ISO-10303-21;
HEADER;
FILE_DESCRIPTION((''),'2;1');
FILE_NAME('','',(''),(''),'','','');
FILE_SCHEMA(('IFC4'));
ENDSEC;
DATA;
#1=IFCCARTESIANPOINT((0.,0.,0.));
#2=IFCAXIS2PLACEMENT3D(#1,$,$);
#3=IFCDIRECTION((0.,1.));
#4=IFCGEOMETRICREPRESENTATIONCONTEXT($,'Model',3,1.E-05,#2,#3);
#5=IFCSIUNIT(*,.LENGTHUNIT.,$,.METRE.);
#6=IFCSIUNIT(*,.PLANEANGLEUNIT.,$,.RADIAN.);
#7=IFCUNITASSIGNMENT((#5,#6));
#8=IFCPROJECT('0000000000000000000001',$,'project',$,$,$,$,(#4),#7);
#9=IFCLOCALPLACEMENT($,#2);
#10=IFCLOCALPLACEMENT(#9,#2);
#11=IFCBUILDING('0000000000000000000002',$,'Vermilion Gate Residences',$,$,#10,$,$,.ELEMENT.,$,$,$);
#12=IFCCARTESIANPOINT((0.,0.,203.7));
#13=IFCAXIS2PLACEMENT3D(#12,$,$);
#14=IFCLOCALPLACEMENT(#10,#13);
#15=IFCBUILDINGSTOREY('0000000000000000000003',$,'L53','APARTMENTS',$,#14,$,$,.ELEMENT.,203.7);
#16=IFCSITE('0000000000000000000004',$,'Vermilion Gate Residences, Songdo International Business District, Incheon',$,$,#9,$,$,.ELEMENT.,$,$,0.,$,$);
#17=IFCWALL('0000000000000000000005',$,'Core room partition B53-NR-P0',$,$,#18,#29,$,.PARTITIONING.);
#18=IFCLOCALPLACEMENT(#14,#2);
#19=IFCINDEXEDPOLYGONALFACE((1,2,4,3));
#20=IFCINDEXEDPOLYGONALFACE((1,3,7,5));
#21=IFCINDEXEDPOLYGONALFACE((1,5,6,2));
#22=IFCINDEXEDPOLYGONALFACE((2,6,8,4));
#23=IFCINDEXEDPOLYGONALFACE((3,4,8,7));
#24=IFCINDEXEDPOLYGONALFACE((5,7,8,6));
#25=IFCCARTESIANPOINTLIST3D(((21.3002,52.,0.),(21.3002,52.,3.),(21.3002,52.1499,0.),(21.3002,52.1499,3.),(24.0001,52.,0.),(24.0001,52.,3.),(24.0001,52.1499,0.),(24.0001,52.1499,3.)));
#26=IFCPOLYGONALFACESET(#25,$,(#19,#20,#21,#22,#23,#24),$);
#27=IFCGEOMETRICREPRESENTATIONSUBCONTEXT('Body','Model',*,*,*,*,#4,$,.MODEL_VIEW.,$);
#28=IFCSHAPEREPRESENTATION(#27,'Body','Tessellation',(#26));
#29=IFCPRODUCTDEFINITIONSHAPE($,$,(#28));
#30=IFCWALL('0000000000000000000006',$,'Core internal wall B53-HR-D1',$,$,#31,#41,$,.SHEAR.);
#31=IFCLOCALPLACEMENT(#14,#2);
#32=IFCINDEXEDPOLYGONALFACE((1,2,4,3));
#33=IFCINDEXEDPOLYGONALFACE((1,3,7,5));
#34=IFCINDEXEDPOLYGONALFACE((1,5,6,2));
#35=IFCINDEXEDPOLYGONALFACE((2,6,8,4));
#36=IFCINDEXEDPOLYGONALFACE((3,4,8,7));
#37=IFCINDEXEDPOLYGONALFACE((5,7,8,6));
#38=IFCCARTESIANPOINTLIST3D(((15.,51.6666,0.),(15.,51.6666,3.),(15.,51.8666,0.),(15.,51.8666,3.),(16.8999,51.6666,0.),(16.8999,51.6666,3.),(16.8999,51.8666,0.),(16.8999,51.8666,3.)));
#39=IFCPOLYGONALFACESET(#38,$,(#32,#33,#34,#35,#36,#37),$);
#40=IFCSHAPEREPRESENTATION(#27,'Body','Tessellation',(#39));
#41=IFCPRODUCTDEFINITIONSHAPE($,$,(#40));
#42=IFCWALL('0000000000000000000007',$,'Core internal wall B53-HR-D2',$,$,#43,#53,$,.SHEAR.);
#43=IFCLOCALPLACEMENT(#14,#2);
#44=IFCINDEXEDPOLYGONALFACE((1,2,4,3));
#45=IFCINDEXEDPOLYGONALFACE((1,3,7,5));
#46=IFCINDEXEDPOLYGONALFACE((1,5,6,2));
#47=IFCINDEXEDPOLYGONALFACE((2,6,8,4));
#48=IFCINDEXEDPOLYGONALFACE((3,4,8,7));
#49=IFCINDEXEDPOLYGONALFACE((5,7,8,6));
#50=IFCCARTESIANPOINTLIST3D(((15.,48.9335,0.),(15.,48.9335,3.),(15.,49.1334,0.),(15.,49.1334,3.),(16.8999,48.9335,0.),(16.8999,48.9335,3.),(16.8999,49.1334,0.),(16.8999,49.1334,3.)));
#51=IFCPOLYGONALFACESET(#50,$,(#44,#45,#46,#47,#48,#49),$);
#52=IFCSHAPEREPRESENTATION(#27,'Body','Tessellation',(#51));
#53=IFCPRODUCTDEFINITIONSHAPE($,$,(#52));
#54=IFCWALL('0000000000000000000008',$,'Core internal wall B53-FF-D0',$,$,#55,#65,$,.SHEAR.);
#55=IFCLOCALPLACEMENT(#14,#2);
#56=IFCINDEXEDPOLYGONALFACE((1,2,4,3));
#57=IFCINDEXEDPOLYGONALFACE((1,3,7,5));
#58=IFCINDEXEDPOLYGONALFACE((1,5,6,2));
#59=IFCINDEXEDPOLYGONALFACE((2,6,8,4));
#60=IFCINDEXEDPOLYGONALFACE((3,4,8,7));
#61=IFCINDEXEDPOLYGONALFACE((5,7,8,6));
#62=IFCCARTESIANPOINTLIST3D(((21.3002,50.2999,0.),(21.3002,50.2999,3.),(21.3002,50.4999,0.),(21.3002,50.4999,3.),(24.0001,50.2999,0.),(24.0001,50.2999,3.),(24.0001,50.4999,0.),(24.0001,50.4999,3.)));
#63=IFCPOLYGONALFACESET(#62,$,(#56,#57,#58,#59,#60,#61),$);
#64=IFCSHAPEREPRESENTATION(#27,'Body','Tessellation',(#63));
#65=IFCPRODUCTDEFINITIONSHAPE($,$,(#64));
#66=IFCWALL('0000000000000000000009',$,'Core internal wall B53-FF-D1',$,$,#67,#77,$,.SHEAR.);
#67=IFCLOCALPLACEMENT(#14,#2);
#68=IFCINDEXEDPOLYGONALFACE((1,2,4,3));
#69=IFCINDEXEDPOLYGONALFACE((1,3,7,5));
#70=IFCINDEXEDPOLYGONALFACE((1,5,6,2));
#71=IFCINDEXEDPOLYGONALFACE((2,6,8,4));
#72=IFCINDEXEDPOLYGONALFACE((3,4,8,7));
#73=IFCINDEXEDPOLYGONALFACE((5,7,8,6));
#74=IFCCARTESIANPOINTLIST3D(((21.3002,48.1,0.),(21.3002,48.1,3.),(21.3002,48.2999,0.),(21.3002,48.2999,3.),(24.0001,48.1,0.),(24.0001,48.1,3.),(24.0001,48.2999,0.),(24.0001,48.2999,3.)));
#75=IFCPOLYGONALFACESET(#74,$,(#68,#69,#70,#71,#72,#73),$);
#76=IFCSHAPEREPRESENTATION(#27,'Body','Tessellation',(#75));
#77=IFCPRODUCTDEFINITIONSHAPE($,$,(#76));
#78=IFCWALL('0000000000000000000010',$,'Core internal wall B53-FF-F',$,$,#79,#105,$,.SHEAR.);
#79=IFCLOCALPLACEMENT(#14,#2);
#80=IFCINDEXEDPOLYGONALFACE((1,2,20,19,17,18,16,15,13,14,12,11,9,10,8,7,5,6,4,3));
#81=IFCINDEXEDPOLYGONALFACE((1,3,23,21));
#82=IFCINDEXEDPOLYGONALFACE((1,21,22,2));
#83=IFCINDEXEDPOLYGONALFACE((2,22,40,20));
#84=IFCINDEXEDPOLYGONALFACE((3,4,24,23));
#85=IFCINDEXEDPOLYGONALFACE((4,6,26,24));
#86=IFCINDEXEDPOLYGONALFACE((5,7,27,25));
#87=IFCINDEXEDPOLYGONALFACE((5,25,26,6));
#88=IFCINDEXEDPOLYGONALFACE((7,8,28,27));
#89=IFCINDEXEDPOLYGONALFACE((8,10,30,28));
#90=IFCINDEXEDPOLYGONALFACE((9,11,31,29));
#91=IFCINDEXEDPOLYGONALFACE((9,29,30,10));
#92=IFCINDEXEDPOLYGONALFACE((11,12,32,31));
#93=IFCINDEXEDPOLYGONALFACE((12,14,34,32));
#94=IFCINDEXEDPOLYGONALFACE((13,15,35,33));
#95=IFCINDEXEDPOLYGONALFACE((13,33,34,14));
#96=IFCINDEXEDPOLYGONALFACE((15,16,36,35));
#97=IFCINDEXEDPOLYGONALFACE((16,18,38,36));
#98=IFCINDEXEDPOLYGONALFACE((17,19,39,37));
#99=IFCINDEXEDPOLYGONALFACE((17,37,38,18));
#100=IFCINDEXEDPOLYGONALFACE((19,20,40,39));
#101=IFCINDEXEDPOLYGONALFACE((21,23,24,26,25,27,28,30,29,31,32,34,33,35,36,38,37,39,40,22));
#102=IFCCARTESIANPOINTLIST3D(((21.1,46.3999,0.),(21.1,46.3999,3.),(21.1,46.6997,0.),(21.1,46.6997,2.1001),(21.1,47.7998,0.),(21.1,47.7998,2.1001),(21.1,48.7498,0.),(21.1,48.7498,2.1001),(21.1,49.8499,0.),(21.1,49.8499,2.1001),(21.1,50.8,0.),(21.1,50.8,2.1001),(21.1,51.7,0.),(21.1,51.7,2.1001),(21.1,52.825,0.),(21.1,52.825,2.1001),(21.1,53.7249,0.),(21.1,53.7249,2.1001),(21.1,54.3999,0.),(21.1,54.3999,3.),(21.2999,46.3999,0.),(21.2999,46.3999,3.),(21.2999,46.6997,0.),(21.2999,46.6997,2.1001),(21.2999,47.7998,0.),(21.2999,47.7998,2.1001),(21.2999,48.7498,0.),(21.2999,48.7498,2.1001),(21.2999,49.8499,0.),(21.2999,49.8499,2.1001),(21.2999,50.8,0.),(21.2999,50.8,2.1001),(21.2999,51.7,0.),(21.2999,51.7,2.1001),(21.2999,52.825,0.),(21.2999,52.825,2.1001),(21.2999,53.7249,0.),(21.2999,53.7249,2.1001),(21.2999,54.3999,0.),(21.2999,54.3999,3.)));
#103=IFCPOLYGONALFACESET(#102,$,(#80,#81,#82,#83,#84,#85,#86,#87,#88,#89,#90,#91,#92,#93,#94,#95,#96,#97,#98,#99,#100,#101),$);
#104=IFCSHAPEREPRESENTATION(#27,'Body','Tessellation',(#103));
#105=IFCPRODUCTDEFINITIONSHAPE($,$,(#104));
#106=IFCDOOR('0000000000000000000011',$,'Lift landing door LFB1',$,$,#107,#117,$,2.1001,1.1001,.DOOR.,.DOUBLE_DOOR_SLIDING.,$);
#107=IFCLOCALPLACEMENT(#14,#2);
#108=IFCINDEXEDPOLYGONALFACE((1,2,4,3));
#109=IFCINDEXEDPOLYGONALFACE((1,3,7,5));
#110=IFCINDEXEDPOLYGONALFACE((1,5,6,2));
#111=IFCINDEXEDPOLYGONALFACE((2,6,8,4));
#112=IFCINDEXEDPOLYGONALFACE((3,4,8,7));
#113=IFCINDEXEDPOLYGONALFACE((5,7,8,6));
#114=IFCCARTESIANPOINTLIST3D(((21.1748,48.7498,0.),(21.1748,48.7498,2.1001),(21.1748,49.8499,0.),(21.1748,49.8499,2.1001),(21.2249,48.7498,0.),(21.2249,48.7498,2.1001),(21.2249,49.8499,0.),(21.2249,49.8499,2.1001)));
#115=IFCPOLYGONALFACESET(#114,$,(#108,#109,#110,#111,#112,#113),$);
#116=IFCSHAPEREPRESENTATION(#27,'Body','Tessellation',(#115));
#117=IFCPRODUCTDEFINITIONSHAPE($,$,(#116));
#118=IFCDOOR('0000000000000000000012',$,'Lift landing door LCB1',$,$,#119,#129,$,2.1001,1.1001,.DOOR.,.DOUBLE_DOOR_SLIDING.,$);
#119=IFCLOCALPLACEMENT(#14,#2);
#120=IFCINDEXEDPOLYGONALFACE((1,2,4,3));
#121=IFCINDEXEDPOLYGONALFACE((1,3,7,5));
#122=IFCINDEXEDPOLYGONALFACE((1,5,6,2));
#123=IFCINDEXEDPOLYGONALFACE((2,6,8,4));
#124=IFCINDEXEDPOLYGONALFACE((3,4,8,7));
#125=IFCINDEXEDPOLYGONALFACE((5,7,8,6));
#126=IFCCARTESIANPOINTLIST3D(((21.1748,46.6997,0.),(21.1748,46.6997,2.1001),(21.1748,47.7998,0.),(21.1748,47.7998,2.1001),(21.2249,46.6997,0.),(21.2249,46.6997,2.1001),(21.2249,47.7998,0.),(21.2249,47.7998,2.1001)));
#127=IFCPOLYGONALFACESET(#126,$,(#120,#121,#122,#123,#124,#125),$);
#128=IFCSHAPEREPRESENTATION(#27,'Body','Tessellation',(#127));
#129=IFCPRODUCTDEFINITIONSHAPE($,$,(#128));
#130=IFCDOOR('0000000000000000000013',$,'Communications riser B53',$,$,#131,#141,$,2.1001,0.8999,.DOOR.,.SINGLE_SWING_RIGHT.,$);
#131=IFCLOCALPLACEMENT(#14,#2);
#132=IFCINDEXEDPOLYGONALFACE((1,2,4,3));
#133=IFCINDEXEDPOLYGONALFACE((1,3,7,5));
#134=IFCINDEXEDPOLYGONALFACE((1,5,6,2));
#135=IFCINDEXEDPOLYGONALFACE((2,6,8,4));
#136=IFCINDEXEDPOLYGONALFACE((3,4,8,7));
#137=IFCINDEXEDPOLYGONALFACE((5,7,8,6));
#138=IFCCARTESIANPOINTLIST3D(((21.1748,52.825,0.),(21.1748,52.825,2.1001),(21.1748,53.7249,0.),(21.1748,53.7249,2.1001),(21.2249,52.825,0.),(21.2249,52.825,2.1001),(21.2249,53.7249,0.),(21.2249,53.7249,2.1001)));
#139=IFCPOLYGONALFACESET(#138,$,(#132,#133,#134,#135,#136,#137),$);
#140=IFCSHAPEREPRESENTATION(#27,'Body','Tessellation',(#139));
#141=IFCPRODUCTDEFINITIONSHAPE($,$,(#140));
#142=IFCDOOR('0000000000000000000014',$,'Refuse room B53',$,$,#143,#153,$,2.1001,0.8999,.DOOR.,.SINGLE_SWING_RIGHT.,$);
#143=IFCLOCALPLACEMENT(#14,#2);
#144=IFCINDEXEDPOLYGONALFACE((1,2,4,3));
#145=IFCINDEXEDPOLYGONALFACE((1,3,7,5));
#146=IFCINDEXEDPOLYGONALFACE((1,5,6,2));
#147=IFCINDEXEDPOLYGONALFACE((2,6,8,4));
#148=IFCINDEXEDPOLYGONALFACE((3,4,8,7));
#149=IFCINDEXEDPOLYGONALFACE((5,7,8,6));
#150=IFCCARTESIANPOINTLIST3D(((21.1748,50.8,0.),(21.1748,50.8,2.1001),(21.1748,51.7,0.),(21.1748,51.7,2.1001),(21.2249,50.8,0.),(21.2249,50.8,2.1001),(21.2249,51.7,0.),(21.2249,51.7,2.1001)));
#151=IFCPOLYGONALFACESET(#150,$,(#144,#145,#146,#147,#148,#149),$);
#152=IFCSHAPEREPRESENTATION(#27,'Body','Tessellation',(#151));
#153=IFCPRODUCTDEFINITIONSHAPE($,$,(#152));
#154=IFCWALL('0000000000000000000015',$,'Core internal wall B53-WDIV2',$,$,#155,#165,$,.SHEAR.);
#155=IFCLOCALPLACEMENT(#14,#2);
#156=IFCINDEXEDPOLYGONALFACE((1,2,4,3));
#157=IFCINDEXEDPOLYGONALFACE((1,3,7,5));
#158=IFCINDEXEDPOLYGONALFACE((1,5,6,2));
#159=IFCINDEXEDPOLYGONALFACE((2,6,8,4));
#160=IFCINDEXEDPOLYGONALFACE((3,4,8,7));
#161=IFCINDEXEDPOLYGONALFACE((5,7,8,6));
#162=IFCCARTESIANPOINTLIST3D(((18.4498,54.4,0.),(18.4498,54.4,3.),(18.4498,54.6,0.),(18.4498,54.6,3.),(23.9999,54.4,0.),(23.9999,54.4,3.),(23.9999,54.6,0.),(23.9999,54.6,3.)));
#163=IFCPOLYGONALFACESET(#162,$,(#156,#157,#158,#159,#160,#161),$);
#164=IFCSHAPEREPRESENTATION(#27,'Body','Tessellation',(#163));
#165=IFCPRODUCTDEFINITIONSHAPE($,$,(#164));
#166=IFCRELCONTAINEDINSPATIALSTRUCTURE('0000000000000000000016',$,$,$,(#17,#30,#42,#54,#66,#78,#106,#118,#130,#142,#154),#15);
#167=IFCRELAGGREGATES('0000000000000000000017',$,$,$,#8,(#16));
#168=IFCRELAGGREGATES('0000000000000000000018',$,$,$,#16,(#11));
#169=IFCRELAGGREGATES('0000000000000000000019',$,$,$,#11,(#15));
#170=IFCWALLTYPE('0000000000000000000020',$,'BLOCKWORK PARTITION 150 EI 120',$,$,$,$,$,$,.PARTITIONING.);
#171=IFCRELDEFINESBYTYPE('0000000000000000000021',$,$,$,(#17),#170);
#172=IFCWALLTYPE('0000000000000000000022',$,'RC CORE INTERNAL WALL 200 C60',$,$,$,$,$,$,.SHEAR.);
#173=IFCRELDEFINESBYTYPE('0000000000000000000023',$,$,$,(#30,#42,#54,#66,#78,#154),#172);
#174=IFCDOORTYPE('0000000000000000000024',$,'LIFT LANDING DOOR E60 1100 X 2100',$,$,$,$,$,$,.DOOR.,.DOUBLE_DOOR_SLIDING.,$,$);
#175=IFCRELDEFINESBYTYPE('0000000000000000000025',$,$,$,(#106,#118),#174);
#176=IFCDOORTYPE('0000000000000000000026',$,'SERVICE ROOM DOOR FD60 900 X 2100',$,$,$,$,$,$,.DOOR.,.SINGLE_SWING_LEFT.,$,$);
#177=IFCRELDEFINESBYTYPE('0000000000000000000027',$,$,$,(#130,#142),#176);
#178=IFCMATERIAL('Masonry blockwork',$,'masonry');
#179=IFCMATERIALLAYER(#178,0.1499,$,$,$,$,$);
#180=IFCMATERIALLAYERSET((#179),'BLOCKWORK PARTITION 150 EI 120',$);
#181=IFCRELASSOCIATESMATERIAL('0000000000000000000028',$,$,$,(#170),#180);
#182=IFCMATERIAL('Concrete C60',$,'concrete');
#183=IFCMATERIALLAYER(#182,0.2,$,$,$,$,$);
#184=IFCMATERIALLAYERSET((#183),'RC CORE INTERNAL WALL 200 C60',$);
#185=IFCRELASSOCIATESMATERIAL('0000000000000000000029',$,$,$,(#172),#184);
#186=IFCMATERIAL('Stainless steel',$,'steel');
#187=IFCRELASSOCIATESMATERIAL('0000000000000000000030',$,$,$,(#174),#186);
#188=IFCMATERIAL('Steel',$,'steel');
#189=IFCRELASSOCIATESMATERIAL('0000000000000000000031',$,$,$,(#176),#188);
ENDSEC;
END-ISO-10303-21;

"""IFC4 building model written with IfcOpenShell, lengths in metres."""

from ifc_helpers import new_model, si_unit, direction, frame, frame_2d, origin, place, context, subcontext, project, spatial, rectangle, extrude, material, layer, layer_set, type_object, element, fill, save


model = new_model("IFC4")

# Units and contexts
model_context = context("Model", 3, precision=1e-05, world=origin(), true_north=direction((0.0, 1.0)))
body_context = subcontext(model_context, "Body", "Model", "MODEL_VIEW")
ifc_project = project(units=[si_unit("LENGTHUNIT", "METRE"), si_unit("PLANEANGLEUNIT", "RADIAN")], contexts=[model_context])

# Site, building, storey
site_placement = place(None, origin())
site = spatial("IfcSite", under=ifc_project, at=site_placement, Name="Vermilion Gate Residences, Songdo International Business District, Incheon", CompositionType="ELEMENT", RefElevation=0.0)
building_placement = place(site_placement, origin())
building = spatial("IfcBuilding", under=site, at=building_placement, Name="Vermilion Gate Residences", CompositionType="ELEMENT")
storey_placement = place(building_placement, frame((0.0, 0.0, 203.7)))
storey = spatial("IfcBuildingStorey", under=building, at=storey_placement, Name="L53", Description="APARTMENTS", CompositionType="ELEMENT", Elevation=203.7)

# Walls
ifc_material_1 = material(Name="Masonry blockwork", Category="masonry")
ifc_layer_1 = layer(ifc_material_1, 0.1499)
ifc_layer_set_1 = layer_set([ifc_layer_1], Name="BLOCKWORK PARTITION 150 EI 120")
wall_type_1 = type_object("IfcWallType", Name="BLOCKWORK PARTITION 150 EI 120", PredefinedType="PARTITIONING", material=ifc_layer_set_1)
wall_1_placement = place(storey_placement, frame((21.3, 52.075, 0.0), z_axis=(0.0, 0.0, 1.0), x_axis=(1.0, 0.0, 0.0)))
element("IfcWall", 1, at=wall_1_placement, inside=storey, type_object=wall_type_1, Name="Core room partition B53-NR-P0", PredefinedType="PARTITIONING", context=body_context, shape_type="SweptSolid", body=[
    extrude(rectangle(XDim=2.7, YDim=0.1499, at=frame_2d((1.3501, 0.0))), origin(), (0.0, 0.0, 1.0), 3.0),
])
ifc_material_2 = material(Name="Concrete C60", Category="concrete")
ifc_layer_2 = layer(ifc_material_2, 0.2)
ifc_layer_set_2 = layer_set([ifc_layer_2], Name="RC CORE INTERNAL WALL 200 C60")
wall_type_2 = type_object("IfcWallType", Name="RC CORE INTERNAL WALL 200 C60", PredefinedType="SHEAR", material=ifc_layer_set_2)
for number, where, z_axis, x_axis, name in (
    (2, (15.0, 51.7666, 0.0), (0.0, 0.0, 1.0), (1.0, 0.0, 0.0), "Core internal wall B53-HR-D1"),
    (3, (15.0, 49.0334, 0.0), (0.0, 0.0, 1.0), (1.0, 0.0, 0.0), "Core internal wall B53-HR-D2"),
):
    element("IfcWall", number, at=place(storey_placement, frame(where, z_axis=z_axis, x_axis=x_axis)), inside=storey, type_object=wall_type_2, Name=name, PredefinedType="SHEAR", context=body_context, shape_type="SweptSolid", body=[
        extrude(rectangle(XDim=1.8999, YDim=0.2, at=frame_2d((0.95, 0.0))), origin(), (0.0, 0.0, 1.0), 3.0),
    ])
for number, where, z_axis, x_axis, name in (
    (4, (21.3, 50.3999, 0.0), (0.0, 0.0, 1.0), (1.0, 0.0, 0.0), "Core internal wall B53-FF-D0"),
    (5, (21.3, 48.2, 0.0), (0.0, 0.0, 1.0), (1.0, 0.0, 0.0), "Core internal wall B53-FF-D1"),
):
    element("IfcWall", number, at=place(storey_placement, frame(where, z_axis=z_axis, x_axis=x_axis)), inside=storey, type_object=wall_type_2, Name=name, PredefinedType="SHEAR", context=body_context, shape_type="SweptSolid", body=[
        extrude(rectangle(XDim=2.7, YDim=0.2, at=frame_2d((1.3501, 0.0))), origin(), (0.0, 0.0, 1.0), 3.0),
    ])

# Wall, openings, doors
wall_2_placement = place(storey_placement, frame((21.2, 54.3999, 0.0), z_axis=(0.0, 0.0, 1.0), x_axis=(0.0, -1.0, 0.0)))
wall_2 = element("IfcWall", 6, at=wall_2_placement, inside=storey, type_object=wall_type_2, Name="Core internal wall B53-FF-F", PredefinedType="SHEAR", context=body_context, shape_type="SweptSolid", body=[
    extrude(rectangle(XDim=8.0, YDim=0.2, at=frame_2d((4.0, 0.0))), origin(), (0.0, 0.0, 1.0), 3.0),
])
opening_1_placement = place(wall_2_placement, frame((0.675, 0.0, 0.0)))
opening_1 = element("IfcOpeningElement", 7, at=opening_1_placement, cuts=wall_2, PredefinedType="OPENING", context=body_context, shape_type="SweptSolid", body=[
    extrude(rectangle(XDim=0.8999, YDim=2.1001, at=frame_2d((0.45, 1.05))), frame((0.0, 0.1099, 0.0), z_axis=(0.0, -1.0, 0.0), x_axis=(1.0, 0.0, 0.0)), (0.0, 0.0, 1.0), 0.22),
])
opening_2_placement = place(wall_2_placement, frame((2.7, 0.0, 0.0)))
opening_2 = element("IfcOpeningElement", 8, at=opening_2_placement, cuts=wall_2, PredefinedType="OPENING", context=body_context, shape_type="SweptSolid", body=[
    extrude(rectangle(XDim=0.8999, YDim=2.1001, at=frame_2d((0.45, 1.05))), frame((0.0, 0.1099, 0.0), z_axis=(0.0, -1.0, 0.0), x_axis=(1.0, 0.0, 0.0)), (0.0, 0.0, 1.0), 0.22),
])
opening_3_placement = place(wall_2_placement, frame((4.55, 0.0, 0.0)))
opening_3 = element("IfcOpeningElement", 9, at=opening_3_placement, cuts=wall_2, PredefinedType="OPENING", context=body_context, shape_type="SweptSolid", body=[
    extrude(rectangle(XDim=1.1001, YDim=2.1001, at=frame_2d((0.55, 1.05))), frame((0.0, 0.1099, 0.0), z_axis=(0.0, -1.0, 0.0), x_axis=(1.0, 0.0, 0.0)), (0.0, 0.0, 1.0), 0.22),
])
opening_4_placement = place(wall_2_placement, frame((6.6001, 0.0, 0.0)))
opening_4 = element("IfcOpeningElement", 10, at=opening_4_placement, cuts=wall_2, PredefinedType="OPENING", context=body_context, shape_type="SweptSolid", body=[
    extrude(rectangle(XDim=1.1001, YDim=2.1001, at=frame_2d((0.55, 1.05))), frame((0.0, 0.1099, 0.0), z_axis=(0.0, -1.0, 0.0), x_axis=(1.0, 0.0, 0.0)), (0.0, 0.0, 1.0), 0.22),
])
ifc_material_3 = material(Name="Stainless steel", Category="steel")
door_type_1 = type_object("IfcDoorType", Name="LIFT LANDING DOOR E60 1100 X 2100", OperationType="DOUBLE_DOOR_SLIDING", PredefinedType="DOOR", material=ifc_material_3)
door_1_placement = place(opening_3_placement, origin())
door_1 = element("IfcDoor", 11, at=door_1_placement, inside=storey, type_object=door_type_1, Name="Lift landing door LFB1", OperationType="DOUBLE_DOOR_SLIDING", OverallHeight=2.1001, OverallWidth=1.1001, PredefinedType="DOOR", context=body_context, shape_type="SweptSolid", body=[
    extrude(rectangle(XDim=1.1001, YDim=2.1001, at=frame_2d((0.55, 1.05))), frame((0.0, 0.0249, 0.0), z_axis=(0.0, -1.0, 0.0), x_axis=(1.0, 0.0, 0.0)), (0.0, 0.0, 1.0), 0.05),
])
fill(opening_3, door_1)
door_2_placement = place(opening_4_placement, origin())
door_2 = element("IfcDoor", 12, at=door_2_placement, inside=storey, type_object=door_type_1, Name="Lift landing door LCB1", OperationType="DOUBLE_DOOR_SLIDING", OverallHeight=2.1001, OverallWidth=1.1001, PredefinedType="DOOR", context=body_context, shape_type="SweptSolid", body=[
    extrude(rectangle(XDim=1.1001, YDim=2.1001, at=frame_2d((0.55, 1.05))), frame((0.0, 0.0249, 0.0), z_axis=(0.0, -1.0, 0.0), x_axis=(1.0, 0.0, 0.0)), (0.0, 0.0, 1.0), 0.05),
])
fill(opening_4, door_2)
ifc_material_4 = material(Name="Steel", Category="steel")
door_type_2 = type_object("IfcDoorType", Name="SERVICE ROOM DOOR FD60 900 X 2100", OperationType="SINGLE_SWING_LEFT", PredefinedType="DOOR", material=ifc_material_4)
door_3_placement = place(opening_1_placement, origin())
door_3 = element("IfcDoor", 13, at=door_3_placement, inside=storey, type_object=door_type_2, Name="Communications riser B53", OperationType="SINGLE_SWING_RIGHT", OverallHeight=2.1001, OverallWidth=0.8999, PredefinedType="DOOR", context=body_context, shape_type="SweptSolid", body=[
    extrude(rectangle(XDim=0.8999, YDim=2.1001, at=frame_2d((0.45, 1.05))), frame((0.0, 0.0249, 0.0), z_axis=(0.0, -1.0, 0.0), x_axis=(1.0, 0.0, 0.0)), (0.0, 0.0, 1.0), 0.05),
])
fill(opening_1, door_3)
door_4_placement = place(opening_2_placement, origin())
door_4 = element("IfcDoor", 14, at=door_4_placement, inside=storey, type_object=door_type_2, Name="Refuse room B53", OperationType="SINGLE_SWING_RIGHT", OverallHeight=2.1001, OverallWidth=0.8999, PredefinedType="DOOR", context=body_context, shape_type="SweptSolid", body=[
    extrude(rectangle(XDim=0.8999, YDim=2.1001, at=frame_2d((0.45, 1.05))), frame((0.0, 0.0249, 0.0), z_axis=(0.0, -1.0, 0.0), x_axis=(1.0, 0.0, 0.0)), (0.0, 0.0, 1.0), 0.05),
])
fill(opening_2, door_4)

# Wall
wall_3_placement = place(storey_placement, frame((18.45, 54.5, 0.0), z_axis=(0.0, 0.0, 1.0), x_axis=(1.0, 0.0, 0.0)))
element("IfcWall", 15, at=wall_3_placement, inside=storey, type_object=wall_type_2, Name="Core internal wall B53-WDIV2", PredefinedType="SHEAR", context=body_context, shape_type="SweptSolid", body=[
    extrude(rectangle(XDim=5.55, YDim=0.2, at=frame_2d((2.7749, 0.0))), origin(), (0.0, 0.0, 1.0), 3.0),
])

save(model, "model.ifc")
